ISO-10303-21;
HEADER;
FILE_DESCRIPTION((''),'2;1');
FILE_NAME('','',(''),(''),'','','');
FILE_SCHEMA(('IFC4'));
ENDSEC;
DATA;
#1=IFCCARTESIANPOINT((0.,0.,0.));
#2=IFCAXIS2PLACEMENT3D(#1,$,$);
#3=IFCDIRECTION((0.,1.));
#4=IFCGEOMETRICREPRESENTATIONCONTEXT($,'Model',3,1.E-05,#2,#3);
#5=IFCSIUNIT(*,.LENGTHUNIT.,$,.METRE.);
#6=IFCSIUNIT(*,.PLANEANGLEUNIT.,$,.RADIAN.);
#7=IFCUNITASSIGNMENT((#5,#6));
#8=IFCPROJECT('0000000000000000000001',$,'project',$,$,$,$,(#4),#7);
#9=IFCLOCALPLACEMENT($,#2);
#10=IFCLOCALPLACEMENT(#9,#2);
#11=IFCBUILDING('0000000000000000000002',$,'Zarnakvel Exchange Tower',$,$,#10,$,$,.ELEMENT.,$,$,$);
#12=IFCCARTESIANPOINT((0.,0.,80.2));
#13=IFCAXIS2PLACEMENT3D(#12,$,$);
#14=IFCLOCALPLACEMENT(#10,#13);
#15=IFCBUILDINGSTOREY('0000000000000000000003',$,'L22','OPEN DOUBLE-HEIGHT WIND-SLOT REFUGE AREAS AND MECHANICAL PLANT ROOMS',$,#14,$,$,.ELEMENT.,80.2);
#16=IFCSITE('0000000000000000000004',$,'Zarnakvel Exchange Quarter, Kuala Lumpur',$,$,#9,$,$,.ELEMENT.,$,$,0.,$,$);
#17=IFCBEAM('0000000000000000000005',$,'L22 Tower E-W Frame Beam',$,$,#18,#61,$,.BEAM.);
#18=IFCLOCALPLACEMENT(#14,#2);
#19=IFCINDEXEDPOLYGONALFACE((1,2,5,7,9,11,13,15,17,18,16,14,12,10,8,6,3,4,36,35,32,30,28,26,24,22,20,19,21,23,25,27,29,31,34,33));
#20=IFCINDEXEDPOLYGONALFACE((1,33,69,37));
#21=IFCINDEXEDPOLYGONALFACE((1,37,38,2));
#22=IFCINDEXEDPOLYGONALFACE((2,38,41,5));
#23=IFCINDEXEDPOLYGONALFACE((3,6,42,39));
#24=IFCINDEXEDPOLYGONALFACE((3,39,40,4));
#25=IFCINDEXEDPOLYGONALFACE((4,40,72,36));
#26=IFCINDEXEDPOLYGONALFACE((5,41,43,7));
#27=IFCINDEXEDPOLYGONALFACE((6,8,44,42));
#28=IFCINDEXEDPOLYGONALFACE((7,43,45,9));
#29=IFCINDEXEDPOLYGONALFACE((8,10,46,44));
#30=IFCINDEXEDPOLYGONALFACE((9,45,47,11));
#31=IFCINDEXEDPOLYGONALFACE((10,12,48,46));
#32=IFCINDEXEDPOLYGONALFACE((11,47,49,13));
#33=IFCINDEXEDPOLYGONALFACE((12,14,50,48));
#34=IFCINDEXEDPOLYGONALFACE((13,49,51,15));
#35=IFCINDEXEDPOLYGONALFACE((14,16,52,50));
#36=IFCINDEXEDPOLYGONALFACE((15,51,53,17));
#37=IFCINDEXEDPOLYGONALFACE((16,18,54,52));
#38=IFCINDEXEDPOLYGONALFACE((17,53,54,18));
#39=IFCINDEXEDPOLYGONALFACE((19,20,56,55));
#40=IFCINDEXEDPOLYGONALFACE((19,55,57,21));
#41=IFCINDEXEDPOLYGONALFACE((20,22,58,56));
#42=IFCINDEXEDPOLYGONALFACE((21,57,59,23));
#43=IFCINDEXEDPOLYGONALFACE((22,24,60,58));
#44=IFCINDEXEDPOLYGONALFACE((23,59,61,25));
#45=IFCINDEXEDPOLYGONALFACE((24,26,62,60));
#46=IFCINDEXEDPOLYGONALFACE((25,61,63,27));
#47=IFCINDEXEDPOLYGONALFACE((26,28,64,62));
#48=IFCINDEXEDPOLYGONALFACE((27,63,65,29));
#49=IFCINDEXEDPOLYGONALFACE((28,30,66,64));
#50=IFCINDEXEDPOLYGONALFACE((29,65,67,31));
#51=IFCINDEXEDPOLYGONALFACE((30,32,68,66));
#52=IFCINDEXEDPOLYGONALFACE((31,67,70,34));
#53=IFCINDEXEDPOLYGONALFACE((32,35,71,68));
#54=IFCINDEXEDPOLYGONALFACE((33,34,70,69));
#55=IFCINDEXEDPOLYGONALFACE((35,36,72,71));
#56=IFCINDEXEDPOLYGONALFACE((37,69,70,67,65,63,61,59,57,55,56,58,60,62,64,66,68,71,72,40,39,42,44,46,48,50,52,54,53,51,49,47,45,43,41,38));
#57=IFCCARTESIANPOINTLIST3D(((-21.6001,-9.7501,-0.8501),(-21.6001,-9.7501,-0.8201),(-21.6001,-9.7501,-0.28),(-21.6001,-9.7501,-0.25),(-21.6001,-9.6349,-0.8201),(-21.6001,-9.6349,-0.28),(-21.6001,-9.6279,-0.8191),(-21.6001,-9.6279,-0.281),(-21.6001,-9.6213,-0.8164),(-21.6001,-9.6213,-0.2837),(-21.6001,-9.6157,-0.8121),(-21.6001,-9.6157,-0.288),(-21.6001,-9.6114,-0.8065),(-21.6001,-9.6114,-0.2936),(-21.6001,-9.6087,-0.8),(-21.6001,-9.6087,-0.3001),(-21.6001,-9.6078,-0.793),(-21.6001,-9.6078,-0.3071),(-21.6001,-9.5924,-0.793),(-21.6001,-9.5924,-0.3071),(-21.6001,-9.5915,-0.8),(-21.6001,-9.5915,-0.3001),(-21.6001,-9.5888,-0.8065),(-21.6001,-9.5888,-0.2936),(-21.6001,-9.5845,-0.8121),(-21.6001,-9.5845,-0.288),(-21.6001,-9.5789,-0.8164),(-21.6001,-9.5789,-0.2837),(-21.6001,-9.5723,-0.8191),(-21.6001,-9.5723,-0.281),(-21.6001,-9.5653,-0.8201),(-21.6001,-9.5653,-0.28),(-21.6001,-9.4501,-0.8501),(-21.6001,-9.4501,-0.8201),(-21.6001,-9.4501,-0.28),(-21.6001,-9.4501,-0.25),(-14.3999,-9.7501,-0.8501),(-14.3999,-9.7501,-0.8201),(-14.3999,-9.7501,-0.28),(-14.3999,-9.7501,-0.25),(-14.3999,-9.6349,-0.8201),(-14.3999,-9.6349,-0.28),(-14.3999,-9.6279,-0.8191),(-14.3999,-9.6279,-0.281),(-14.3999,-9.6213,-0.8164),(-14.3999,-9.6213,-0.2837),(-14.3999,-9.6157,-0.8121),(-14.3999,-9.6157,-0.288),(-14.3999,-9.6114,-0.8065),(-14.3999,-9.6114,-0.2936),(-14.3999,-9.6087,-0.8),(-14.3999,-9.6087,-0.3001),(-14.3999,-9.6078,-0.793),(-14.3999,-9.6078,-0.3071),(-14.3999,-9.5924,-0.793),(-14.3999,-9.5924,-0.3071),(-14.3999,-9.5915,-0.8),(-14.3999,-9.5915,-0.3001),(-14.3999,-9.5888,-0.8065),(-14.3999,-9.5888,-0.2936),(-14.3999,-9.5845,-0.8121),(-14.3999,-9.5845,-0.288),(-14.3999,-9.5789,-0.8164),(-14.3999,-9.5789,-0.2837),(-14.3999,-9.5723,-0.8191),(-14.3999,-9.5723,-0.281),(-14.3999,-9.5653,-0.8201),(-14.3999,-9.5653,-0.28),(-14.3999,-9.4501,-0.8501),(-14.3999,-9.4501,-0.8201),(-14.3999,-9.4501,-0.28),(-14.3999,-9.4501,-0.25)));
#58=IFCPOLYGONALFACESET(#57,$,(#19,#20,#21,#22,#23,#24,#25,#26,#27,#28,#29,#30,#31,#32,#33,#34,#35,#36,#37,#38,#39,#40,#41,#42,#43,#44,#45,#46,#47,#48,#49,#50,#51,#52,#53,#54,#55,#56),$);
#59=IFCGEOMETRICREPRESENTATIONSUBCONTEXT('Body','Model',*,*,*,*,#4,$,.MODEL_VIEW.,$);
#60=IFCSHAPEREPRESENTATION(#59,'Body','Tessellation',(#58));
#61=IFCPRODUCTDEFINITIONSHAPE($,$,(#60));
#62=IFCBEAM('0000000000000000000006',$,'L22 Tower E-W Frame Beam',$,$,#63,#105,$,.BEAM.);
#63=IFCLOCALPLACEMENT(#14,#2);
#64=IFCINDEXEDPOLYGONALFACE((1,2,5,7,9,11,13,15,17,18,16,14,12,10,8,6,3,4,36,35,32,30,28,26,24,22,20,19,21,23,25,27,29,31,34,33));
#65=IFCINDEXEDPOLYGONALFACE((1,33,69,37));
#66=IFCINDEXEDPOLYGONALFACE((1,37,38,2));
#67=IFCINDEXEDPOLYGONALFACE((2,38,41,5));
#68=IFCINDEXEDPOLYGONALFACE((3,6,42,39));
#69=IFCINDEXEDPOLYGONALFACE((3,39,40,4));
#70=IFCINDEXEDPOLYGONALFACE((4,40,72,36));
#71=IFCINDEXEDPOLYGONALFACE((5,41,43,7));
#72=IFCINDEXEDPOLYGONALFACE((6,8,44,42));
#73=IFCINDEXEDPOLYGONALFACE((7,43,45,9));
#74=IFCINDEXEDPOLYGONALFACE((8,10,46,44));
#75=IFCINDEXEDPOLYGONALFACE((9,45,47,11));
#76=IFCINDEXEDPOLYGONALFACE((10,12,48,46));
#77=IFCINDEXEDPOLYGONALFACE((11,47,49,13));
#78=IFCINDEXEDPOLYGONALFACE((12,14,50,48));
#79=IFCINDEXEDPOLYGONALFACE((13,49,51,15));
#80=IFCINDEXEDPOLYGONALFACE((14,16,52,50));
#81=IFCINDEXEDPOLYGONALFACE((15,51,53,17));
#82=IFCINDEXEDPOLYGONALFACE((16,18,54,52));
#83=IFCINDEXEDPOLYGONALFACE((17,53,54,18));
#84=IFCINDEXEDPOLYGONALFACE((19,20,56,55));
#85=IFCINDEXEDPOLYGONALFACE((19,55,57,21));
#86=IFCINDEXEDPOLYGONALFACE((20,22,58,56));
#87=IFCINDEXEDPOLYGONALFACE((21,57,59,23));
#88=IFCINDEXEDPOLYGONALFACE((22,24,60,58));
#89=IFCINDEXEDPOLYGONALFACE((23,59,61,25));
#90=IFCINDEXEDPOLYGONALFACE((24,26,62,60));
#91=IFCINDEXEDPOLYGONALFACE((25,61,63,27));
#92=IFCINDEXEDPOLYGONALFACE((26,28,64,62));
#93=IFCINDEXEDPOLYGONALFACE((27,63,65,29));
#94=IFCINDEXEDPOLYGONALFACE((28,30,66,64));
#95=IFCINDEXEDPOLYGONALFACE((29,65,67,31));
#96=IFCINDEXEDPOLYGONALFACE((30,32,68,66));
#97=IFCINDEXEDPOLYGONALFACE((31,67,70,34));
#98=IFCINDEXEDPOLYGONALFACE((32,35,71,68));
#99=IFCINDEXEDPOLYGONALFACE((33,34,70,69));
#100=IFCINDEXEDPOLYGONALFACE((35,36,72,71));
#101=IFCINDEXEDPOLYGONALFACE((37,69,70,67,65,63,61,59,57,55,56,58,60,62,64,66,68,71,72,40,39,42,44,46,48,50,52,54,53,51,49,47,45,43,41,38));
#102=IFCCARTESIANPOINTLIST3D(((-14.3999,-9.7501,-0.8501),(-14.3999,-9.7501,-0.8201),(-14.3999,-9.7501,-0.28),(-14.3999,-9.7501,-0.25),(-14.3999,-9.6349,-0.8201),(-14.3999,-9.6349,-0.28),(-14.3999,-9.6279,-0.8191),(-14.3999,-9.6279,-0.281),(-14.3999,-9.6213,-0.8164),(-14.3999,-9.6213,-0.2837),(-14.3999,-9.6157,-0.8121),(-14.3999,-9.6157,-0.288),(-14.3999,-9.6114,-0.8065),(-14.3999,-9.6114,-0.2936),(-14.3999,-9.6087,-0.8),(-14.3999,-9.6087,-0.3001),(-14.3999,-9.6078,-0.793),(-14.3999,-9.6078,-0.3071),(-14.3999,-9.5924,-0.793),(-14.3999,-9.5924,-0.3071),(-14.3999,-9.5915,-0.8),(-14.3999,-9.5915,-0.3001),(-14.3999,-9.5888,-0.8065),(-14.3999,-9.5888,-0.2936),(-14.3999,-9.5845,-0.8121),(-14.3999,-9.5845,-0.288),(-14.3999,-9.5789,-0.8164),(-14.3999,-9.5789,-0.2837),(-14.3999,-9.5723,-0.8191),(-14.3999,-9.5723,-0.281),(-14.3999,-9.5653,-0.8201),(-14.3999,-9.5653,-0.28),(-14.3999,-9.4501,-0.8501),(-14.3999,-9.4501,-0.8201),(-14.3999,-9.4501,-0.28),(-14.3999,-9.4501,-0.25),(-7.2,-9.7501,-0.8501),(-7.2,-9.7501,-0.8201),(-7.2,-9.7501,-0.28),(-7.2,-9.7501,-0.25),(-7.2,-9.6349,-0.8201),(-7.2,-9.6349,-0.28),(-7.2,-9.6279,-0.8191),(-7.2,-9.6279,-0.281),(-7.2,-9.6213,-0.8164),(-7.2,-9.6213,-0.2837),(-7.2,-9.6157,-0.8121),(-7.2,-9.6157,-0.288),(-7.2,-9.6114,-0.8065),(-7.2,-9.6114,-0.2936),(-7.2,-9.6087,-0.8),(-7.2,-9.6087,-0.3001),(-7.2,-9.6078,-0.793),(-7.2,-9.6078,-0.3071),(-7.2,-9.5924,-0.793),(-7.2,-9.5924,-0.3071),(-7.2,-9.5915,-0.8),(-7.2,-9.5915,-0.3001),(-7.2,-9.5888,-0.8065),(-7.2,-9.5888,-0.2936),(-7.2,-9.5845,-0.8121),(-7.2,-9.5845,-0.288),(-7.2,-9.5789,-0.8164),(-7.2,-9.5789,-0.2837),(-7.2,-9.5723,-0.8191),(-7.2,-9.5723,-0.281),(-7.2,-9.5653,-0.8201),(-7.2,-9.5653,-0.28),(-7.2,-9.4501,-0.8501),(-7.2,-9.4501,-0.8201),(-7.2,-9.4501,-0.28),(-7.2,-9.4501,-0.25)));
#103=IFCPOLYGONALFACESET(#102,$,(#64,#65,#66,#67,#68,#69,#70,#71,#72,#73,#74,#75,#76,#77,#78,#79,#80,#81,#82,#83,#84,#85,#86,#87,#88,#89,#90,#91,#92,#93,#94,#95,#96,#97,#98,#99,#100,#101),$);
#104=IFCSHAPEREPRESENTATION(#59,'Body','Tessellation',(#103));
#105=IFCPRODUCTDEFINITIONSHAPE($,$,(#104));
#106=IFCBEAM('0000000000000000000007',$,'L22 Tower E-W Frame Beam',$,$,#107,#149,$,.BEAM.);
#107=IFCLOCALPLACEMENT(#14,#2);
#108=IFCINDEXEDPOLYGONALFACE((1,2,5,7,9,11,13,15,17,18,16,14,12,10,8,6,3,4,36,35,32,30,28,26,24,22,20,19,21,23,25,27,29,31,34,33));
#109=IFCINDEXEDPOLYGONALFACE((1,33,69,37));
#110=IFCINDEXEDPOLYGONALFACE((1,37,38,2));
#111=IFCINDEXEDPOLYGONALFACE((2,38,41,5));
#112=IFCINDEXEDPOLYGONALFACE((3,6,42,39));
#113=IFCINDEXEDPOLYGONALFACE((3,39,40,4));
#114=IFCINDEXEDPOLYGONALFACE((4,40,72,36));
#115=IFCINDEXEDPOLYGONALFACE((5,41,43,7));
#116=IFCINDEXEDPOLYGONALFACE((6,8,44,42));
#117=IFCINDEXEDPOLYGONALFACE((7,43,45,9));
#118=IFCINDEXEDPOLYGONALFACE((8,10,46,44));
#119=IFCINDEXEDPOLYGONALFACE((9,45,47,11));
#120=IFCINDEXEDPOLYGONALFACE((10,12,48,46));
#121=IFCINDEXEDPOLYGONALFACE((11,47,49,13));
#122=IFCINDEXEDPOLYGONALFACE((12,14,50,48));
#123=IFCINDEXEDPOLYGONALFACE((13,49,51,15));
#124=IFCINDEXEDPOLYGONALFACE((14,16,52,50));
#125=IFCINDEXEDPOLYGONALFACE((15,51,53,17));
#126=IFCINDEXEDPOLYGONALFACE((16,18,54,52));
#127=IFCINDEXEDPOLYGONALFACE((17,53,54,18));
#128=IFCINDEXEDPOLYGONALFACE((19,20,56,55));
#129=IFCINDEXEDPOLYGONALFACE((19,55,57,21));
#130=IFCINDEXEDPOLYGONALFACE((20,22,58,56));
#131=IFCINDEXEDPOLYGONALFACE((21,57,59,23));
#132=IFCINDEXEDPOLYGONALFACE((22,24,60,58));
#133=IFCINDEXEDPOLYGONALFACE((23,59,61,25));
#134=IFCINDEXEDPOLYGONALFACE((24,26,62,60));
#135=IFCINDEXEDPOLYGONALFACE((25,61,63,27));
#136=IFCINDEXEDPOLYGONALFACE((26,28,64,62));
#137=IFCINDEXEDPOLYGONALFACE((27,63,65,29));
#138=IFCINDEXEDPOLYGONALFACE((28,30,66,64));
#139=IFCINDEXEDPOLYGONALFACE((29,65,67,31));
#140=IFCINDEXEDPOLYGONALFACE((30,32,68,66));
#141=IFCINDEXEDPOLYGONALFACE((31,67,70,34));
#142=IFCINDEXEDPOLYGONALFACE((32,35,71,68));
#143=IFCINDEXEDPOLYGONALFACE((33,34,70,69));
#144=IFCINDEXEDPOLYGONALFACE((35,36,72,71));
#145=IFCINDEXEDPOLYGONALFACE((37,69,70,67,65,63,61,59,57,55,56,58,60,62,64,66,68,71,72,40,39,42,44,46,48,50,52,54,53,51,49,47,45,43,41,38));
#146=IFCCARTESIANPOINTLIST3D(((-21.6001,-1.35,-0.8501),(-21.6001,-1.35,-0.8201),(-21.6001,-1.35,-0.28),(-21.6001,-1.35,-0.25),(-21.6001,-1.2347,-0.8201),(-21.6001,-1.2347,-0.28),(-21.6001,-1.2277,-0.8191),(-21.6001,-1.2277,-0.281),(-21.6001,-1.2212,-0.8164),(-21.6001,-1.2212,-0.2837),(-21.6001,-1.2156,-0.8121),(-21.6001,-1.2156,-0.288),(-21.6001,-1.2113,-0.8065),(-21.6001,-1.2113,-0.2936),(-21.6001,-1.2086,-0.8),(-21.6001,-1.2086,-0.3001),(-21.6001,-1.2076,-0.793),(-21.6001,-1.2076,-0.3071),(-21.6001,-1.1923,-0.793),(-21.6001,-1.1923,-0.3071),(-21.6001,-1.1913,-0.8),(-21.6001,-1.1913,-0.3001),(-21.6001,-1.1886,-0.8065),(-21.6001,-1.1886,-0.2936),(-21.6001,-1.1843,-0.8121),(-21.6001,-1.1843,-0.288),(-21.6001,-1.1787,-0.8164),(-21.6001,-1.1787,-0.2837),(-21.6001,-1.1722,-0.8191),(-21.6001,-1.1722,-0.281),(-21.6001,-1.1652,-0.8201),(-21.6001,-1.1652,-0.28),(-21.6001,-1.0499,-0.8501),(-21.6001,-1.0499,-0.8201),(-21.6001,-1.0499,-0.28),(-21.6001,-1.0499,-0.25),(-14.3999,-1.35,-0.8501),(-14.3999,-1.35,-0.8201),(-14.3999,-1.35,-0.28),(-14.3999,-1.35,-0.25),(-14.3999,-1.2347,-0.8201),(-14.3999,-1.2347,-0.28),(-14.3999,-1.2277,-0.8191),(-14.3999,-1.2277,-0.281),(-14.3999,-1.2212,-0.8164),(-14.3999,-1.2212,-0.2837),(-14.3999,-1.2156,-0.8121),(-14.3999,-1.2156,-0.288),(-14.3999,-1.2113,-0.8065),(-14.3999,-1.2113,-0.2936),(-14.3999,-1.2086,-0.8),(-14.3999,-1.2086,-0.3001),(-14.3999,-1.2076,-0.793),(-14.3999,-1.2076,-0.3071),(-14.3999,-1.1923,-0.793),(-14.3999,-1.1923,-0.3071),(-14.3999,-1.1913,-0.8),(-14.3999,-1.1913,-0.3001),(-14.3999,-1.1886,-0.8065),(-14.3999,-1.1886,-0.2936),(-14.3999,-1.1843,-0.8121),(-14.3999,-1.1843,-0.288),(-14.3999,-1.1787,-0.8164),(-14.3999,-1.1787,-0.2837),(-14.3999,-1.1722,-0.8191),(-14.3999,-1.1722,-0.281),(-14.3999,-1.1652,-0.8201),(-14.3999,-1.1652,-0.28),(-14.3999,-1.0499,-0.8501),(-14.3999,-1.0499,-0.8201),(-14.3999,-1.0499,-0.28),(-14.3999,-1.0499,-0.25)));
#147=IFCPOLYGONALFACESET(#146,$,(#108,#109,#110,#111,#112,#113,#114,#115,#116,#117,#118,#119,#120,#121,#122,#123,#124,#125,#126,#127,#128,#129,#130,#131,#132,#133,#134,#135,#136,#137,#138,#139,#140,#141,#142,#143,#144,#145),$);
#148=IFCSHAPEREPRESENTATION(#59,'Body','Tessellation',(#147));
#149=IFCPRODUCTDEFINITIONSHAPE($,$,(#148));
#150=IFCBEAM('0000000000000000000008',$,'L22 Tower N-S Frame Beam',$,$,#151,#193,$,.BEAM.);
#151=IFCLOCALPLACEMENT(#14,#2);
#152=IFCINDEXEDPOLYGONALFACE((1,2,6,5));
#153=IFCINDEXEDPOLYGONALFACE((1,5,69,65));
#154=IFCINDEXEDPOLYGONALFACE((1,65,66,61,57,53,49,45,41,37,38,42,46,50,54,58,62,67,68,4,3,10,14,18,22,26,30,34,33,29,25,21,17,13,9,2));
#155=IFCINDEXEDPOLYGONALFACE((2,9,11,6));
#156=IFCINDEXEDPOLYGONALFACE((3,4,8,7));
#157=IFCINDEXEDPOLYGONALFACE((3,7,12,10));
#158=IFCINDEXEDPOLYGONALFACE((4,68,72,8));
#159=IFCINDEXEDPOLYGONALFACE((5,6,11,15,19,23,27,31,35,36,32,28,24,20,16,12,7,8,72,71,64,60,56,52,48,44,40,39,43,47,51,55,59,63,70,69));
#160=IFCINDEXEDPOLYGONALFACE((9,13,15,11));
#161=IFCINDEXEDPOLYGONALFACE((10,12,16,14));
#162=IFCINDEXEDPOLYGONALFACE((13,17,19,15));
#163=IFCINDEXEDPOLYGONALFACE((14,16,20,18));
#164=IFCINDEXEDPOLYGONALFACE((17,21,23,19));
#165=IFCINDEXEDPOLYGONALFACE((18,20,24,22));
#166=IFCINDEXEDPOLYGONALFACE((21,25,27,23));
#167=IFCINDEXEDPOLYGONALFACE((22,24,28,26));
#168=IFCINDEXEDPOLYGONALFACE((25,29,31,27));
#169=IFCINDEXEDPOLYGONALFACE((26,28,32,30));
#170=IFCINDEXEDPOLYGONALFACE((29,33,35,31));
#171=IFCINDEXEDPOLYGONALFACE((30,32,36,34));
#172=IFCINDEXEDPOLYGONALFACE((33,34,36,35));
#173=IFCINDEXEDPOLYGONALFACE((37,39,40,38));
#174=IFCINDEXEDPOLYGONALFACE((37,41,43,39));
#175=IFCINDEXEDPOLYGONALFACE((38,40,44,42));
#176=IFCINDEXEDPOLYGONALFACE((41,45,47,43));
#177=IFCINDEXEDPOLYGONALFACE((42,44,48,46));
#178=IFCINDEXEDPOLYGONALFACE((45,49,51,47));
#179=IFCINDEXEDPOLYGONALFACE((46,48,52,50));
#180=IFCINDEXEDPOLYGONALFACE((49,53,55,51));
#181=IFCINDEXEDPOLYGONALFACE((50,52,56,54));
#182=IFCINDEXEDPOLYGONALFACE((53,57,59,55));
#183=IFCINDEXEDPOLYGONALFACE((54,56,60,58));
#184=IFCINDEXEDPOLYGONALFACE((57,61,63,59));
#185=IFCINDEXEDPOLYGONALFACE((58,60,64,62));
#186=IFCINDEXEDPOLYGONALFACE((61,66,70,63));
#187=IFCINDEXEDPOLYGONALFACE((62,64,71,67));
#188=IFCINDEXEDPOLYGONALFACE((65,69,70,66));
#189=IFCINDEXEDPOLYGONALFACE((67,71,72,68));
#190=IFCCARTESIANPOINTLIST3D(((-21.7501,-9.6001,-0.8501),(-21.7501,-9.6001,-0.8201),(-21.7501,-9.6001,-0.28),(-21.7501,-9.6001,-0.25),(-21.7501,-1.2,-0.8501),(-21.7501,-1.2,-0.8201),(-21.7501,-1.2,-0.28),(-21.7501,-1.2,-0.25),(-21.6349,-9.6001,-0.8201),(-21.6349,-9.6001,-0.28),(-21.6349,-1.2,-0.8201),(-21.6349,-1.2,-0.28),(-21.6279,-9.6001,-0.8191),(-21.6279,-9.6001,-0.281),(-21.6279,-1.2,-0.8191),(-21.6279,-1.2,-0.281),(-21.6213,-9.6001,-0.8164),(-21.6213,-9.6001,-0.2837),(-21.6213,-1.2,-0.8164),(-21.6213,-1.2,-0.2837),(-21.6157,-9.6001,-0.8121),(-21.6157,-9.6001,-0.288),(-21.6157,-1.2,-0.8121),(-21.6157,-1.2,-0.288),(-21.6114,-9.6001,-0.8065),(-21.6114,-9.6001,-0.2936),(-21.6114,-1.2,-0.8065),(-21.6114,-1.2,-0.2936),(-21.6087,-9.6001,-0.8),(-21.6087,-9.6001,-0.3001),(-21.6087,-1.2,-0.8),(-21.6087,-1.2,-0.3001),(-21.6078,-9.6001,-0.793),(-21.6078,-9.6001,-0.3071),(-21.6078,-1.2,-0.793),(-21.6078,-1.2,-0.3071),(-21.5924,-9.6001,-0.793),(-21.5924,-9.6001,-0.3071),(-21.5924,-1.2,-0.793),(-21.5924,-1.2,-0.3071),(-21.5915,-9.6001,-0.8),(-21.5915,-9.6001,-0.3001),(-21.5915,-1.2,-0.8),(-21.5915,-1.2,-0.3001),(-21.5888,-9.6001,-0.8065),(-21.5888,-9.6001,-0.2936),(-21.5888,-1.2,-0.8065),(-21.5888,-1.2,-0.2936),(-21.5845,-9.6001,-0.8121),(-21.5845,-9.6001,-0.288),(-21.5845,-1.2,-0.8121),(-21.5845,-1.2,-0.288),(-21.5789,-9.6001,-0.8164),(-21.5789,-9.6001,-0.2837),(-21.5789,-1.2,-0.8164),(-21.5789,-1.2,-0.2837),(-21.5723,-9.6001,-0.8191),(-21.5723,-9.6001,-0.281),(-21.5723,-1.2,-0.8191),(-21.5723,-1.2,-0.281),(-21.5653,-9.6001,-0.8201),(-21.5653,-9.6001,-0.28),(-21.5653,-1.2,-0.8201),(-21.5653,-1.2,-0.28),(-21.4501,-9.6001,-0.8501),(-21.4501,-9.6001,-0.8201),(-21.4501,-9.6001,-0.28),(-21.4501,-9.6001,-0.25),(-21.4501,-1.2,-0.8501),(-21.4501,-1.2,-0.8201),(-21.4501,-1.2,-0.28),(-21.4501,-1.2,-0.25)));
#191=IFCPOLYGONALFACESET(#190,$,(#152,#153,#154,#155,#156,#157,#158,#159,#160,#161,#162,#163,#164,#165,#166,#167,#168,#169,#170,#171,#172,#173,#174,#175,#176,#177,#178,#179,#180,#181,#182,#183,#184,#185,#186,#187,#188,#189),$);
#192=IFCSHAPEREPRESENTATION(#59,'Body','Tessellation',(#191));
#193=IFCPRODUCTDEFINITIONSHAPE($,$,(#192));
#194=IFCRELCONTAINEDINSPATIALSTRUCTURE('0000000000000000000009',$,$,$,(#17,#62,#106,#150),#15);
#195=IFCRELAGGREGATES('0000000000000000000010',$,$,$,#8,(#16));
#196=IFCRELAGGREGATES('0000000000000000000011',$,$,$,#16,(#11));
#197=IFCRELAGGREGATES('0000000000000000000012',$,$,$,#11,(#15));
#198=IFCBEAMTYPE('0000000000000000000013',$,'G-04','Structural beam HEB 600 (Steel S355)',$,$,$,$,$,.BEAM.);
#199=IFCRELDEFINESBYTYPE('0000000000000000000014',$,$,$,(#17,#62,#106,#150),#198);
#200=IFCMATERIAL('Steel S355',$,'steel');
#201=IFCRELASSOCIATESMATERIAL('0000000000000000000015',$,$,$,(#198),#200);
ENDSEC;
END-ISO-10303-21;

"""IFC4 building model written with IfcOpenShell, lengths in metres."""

from ifc_helpers import new_model, si_unit, direction, frame, origin, origin_2d, place, context, subcontext, project, spatial, i_section, extrude, material, material_profile, profile_set, type_object, element, save


model = new_model("IFC4")

# Units and contexts
model_context = context("Model", 3, precision=1e-05, world=origin(), true_north=direction((0.0, 1.0)))
body_context = subcontext(model_context, "Body", "Model", "MODEL_VIEW")
ifc_project = project(units=[si_unit("LENGTHUNIT", "METRE"), si_unit("PLANEANGLEUNIT", "RADIAN")], contexts=[model_context])

# Site, building, storey
site_placement = place(None, origin())
site = spatial("IfcSite", under=ifc_project, at=site_placement, Name="Zarnakvel Exchange Quarter, Kuala Lumpur", CompositionType="ELEMENT", RefElevation=0.0)
building_placement = place(site_placement, origin())
building = spatial("IfcBuilding", under=site, at=building_placement, Name="Zarnakvel Exchange Tower", CompositionType="ELEMENT")
storey_placement = place(building_placement, frame((0.0, 0.0, 80.2)))
storey = spatial("IfcBuildingStorey", under=building, at=storey_placement, Name="L22", Description="OPEN DOUBLE-HEIGHT WIND-SLOT REFUGE AREAS AND MECHANICAL PLANT ROOMS", CompositionType="ELEMENT", Elevation=80.2)

# Shared definitions
ifc_material_1 = material(Name="Steel S355", Category="steel")

# Beams
ifc_material_profile_1 = material_profile(ifc_material_1, i_section(OverallWidth=0.3, OverallDepth=0.6001, WebThickness=0.0154, FlangeThickness=0.03, FilletRadius=0.0271, at=origin_2d()))
ifc_profile_set_1 = profile_set([ifc_material_profile_1], Name="Steel S355")
beam_type_1 = type_object("IfcBeamType", Name="G-04", Description="Structural beam HEB 600 (Steel S355)", PredefinedType="BEAM", material=ifc_profile_set_1)
beam_1_placement = place(storey_placement, frame((-21.6001, -9.6001, -0.55), z_axis=(1.0, 0.0, 0.0), x_axis=(0.0, 1.0, 0.0)))
element("IfcBeam", 1, at=beam_1_placement, inside=storey, type_object=beam_type_1, Name="L22 Tower E-W Frame Beam", PredefinedType="BEAM", context=body_context, shape_type="SweptSolid", body=[
    extrude(i_section(OverallWidth=0.3, OverallDepth=0.6001, WebThickness=0.0154, FlangeThickness=0.03, FilletRadius=0.0271, at=origin_2d()), origin(), (0.0, 0.0, 1.0), 7.2002),
])
beam_2_placement = place(storey_placement, frame((-14.3999, -9.6001, -0.55), z_axis=(1.0, 0.0, 0.0), x_axis=(0.0, 1.0, 0.0)))
element("IfcBeam", 2, at=beam_2_placement, inside=storey, type_object=beam_type_1, Name="L22 Tower E-W Frame Beam", PredefinedType="BEAM", context=body_context, shape_type="SweptSolid", body=[
    extrude(i_section(OverallWidth=0.3, OverallDepth=0.6001, WebThickness=0.0154, FlangeThickness=0.03, FilletRadius=0.0271, at=origin_2d()), origin(), (0.0, 0.0, 1.0), 7.2),
])
beam_3_placement = place(storey_placement, frame((-21.6001, -1.2, -0.55), z_axis=(1.0, 0.0, 0.0), x_axis=(0.0, 1.0, 0.0)))
element("IfcBeam", 3, at=beam_3_placement, inside=storey, type_object=beam_type_1, Name="L22 Tower E-W Frame Beam", PredefinedType="BEAM", context=body_context, shape_type="SweptSolid", body=[
    extrude(i_section(OverallWidth=0.3, OverallDepth=0.6001, WebThickness=0.0154, FlangeThickness=0.03, FilletRadius=0.0271, at=origin_2d()), origin(), (0.0, 0.0, 1.0), 7.2002),
])
beam_4_placement = place(storey_placement, frame((-21.6001, -9.6001, -0.55), z_axis=(0.0, 1.0, 0.0), x_axis=(-1.0, 0.0, 0.0)))
element("IfcBeam", 4, at=beam_4_placement, inside=storey, type_object=beam_type_1, Name="L22 Tower N-S Frame Beam", PredefinedType="BEAM", context=body_context, shape_type="SweptSolid", body=[
    extrude(i_section(OverallWidth=0.3, OverallDepth=0.6001, WebThickness=0.0154, FlangeThickness=0.03, FilletRadius=0.0271, at=origin_2d()), origin(), (0.0, 0.0, 1.0), 8.4001),
])

save(model, "model.ifc")
